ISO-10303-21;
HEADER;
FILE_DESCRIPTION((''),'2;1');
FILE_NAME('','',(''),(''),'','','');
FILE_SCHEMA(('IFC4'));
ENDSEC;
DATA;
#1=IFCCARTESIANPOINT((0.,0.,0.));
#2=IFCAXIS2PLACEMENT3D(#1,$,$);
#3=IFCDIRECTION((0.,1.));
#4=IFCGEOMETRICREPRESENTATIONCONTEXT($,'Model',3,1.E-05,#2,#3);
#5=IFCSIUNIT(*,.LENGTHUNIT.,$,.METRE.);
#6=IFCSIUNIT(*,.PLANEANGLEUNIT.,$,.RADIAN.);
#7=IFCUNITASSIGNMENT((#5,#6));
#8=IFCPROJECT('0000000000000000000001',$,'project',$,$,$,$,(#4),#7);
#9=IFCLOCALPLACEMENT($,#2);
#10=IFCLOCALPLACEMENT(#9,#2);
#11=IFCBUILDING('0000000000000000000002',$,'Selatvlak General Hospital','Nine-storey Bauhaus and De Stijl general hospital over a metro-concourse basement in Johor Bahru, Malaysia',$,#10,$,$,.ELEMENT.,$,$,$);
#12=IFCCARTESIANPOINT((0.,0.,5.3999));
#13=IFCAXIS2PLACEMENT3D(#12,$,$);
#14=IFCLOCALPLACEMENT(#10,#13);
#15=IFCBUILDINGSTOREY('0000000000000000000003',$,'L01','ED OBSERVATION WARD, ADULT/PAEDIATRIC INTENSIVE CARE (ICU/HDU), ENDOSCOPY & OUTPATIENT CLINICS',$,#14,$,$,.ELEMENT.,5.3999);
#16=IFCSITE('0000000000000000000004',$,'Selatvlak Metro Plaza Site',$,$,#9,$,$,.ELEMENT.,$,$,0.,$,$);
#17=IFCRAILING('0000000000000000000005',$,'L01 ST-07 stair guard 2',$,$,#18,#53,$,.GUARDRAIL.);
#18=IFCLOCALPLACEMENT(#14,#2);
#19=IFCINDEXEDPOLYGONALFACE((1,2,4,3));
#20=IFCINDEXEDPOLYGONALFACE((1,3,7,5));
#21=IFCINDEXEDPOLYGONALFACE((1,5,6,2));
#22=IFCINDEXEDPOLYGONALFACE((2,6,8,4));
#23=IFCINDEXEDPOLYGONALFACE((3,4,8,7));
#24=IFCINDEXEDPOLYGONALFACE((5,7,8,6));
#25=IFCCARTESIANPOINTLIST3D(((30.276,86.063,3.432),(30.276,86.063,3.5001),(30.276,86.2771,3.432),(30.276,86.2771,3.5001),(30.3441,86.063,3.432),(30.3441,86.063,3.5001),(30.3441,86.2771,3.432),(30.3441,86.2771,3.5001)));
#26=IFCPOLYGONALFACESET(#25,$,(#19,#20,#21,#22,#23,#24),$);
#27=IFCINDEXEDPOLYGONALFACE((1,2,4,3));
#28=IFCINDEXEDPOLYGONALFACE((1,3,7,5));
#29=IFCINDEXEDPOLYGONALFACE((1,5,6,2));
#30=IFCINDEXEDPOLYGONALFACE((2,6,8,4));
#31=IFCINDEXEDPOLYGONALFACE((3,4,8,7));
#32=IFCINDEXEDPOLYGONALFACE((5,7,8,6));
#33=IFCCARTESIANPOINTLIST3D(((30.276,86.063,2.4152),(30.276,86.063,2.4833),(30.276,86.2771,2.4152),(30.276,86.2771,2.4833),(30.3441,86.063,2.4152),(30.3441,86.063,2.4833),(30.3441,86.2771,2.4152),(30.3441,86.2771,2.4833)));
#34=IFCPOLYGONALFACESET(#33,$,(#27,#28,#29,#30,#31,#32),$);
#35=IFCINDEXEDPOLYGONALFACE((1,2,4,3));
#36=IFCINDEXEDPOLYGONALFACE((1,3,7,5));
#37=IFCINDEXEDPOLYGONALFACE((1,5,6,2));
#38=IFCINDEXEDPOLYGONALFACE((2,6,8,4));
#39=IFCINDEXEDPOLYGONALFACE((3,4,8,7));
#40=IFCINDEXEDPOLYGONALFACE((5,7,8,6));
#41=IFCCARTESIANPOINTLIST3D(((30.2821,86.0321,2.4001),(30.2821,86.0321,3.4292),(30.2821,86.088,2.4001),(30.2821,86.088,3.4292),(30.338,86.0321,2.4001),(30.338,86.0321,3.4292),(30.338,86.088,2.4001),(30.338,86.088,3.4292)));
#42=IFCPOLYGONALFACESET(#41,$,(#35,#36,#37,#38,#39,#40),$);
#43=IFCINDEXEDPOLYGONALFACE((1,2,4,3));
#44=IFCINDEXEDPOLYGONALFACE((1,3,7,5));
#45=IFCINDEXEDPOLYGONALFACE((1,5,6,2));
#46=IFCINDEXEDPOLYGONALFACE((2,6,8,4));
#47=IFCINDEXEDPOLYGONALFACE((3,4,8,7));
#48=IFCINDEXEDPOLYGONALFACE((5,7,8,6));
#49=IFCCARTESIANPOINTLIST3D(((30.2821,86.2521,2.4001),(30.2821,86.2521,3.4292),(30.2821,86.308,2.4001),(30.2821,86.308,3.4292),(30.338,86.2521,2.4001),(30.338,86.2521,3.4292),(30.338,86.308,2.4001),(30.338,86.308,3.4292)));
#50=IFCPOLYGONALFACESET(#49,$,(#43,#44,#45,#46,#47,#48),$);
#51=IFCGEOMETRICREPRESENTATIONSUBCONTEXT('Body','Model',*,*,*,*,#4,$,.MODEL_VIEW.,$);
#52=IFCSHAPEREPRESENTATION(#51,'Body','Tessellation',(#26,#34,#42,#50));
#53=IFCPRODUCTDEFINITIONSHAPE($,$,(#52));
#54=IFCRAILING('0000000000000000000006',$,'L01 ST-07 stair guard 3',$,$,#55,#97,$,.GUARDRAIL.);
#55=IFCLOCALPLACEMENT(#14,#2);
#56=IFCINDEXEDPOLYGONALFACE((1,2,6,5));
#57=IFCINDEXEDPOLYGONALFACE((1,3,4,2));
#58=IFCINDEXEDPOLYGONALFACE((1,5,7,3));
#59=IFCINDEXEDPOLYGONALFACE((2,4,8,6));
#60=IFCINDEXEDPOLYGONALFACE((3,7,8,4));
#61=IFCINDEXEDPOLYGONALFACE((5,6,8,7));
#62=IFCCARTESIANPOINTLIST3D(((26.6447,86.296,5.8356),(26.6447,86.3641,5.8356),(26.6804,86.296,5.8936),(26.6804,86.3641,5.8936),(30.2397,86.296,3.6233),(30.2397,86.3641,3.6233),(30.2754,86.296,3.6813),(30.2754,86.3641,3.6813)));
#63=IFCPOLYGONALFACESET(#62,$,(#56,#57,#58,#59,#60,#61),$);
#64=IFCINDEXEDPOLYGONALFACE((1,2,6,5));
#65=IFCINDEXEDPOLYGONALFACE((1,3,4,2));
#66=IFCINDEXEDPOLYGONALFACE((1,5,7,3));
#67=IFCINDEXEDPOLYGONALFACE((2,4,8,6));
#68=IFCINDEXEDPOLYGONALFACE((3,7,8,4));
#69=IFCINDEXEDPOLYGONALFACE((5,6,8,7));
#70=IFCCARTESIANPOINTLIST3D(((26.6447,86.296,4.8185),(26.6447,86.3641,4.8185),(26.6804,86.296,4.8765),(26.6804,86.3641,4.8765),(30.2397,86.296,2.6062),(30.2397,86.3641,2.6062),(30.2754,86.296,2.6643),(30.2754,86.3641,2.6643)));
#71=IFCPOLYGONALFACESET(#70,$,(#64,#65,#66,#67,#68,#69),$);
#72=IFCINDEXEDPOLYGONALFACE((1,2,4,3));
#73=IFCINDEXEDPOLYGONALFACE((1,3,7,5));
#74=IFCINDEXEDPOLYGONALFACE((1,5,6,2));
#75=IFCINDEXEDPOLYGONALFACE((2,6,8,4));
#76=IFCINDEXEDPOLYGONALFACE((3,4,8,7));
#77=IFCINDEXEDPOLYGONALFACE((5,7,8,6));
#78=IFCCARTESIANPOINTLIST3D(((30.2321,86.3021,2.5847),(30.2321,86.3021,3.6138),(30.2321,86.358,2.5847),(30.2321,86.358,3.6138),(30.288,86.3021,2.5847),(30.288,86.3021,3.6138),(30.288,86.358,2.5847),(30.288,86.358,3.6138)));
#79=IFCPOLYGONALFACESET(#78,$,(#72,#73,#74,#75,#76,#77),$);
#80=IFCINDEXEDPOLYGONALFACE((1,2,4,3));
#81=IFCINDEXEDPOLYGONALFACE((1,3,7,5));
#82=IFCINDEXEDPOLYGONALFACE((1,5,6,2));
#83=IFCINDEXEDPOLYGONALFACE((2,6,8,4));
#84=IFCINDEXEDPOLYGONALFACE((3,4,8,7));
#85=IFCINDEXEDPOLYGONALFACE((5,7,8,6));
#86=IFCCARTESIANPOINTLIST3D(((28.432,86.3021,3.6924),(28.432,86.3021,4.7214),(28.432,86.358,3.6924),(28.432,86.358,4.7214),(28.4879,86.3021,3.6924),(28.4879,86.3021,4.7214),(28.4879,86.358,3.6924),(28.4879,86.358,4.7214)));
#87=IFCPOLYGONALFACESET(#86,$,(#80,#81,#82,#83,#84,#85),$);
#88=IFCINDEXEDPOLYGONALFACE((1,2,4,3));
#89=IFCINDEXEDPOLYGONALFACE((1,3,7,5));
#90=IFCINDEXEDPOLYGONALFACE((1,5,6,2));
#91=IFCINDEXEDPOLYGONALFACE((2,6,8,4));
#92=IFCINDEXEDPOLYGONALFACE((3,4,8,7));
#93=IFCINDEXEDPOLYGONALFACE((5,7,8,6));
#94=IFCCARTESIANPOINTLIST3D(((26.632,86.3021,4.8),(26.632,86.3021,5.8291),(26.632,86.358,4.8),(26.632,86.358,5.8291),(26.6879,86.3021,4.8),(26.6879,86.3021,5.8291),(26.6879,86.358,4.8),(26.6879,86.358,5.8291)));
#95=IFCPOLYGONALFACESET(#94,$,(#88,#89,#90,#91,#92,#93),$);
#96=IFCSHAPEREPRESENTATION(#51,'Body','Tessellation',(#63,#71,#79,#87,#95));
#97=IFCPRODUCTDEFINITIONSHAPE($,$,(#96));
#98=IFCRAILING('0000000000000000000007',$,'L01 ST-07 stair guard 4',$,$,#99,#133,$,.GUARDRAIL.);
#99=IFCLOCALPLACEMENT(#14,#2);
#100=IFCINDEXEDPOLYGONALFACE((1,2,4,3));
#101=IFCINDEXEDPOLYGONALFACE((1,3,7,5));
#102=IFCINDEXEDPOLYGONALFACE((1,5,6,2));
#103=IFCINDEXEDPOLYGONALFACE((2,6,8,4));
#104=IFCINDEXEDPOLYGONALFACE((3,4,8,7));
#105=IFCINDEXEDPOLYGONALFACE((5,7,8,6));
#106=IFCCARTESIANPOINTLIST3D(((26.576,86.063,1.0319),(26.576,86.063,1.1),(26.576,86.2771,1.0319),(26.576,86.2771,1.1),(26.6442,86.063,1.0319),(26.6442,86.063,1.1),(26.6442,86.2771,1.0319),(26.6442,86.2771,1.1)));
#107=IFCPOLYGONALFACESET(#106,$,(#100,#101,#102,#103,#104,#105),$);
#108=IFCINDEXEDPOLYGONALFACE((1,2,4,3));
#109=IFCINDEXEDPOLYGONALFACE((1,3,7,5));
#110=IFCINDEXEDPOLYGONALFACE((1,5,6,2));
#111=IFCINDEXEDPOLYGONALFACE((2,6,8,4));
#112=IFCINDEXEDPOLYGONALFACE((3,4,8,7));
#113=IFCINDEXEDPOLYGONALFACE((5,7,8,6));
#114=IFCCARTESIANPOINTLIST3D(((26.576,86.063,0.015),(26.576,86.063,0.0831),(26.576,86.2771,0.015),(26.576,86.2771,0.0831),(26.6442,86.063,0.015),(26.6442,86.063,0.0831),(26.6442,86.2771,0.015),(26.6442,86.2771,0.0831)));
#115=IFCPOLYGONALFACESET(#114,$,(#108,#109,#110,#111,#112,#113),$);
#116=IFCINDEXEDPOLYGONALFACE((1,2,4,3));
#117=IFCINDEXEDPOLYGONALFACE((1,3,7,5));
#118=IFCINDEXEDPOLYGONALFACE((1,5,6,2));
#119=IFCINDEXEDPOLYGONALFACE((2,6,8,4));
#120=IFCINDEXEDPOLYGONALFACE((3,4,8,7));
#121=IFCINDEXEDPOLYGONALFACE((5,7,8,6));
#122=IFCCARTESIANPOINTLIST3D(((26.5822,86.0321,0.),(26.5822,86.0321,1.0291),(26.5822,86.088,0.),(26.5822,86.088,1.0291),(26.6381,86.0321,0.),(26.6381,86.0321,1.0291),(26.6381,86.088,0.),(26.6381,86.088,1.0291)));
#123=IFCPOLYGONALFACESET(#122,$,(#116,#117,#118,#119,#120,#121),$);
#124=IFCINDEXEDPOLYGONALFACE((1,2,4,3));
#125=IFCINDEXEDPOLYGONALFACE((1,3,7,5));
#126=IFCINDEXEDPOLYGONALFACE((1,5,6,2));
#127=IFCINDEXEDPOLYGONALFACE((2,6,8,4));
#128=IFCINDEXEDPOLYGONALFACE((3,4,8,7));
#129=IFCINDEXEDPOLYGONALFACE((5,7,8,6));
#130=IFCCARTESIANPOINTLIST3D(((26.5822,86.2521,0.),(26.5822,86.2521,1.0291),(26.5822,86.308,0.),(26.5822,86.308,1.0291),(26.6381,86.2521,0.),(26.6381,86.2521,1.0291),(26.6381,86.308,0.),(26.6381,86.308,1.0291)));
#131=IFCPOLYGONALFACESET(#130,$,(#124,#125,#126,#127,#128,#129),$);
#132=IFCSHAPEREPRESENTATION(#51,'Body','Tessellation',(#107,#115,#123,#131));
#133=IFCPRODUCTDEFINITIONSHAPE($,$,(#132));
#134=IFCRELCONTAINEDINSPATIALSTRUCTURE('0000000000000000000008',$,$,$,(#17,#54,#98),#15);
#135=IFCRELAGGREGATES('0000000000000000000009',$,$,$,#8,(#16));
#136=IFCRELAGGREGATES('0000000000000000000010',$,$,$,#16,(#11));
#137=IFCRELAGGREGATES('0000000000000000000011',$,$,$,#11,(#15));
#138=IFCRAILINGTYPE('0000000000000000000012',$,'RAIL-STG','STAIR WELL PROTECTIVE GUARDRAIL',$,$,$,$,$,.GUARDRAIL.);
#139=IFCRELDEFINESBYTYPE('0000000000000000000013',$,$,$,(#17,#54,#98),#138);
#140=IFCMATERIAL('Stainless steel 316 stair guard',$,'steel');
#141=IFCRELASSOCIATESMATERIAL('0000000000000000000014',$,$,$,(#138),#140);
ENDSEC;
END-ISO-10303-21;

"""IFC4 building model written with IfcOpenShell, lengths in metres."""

from ifc_helpers import new_model, si_unit, direction, frame, origin, origin_2d, place, context, subcontext, project, spatial, rectangle, extrude, material, type_object, element, save


model = new_model("IFC4")

# Units and contexts
model_context = context("Model", 3, precision=1e-05, world=origin(), true_north=direction((0.0, 1.0)))
body_context = subcontext(model_context, "Body", "Model", "MODEL_VIEW")
ifc_project = project(units=[si_unit("LENGTHUNIT", "METRE"), si_unit("PLANEANGLEUNIT", "RADIAN")], contexts=[model_context])

# Site, building, storey
site_placement = place(None, origin())
site = spatial("IfcSite", under=ifc_project, at=site_placement, Name="Selatvlak Metro Plaza Site", CompositionType="ELEMENT", RefElevation=0.0)
building_placement = place(site_placement, origin())
building = spatial("IfcBuilding", under=site, at=building_placement, Name="Selatvlak General Hospital", Description="Nine-storey Bauhaus and De Stijl general hospital over a metro-concourse basement in Johor Bahru, Malaysia", CompositionType="ELEMENT")
storey_placement = place(building_placement, frame((0.0, 0.0, 5.3999)))
storey = spatial("IfcBuildingStorey", under=building, at=storey_placement, Name="L01", Description="ED OBSERVATION WARD, ADULT/PAEDIATRIC INTENSIVE CARE (ICU/HDU), ENDOSCOPY & OUTPATIENT CLINICS", CompositionType="ELEMENT", Elevation=5.3999)

# Railings
ifc_material_1 = material(Name="Stainless steel 316 stair guard", Category="steel")
railing_type_1 = type_object("IfcRailingType", Name="RAIL-STG", Description="STAIR WELL PROTECTIVE GUARDRAIL", PredefinedType="GUARDRAIL", material=ifc_material_1)
railing_1_placement = place(storey_placement, frame((30.3101, 86.0601, 2.4001)))
element("IfcRailing", 1, at=railing_1_placement, inside=storey, type_object=railing_type_1, Name="L01 ST-07 stair guard 2", PredefinedType="GUARDRAIL", context=body_context, shape_type="SweptSolid", body=[
    extrude(rectangle(XDim=0.0681, YDim=0.0681, at=origin_2d()), frame((0.0, 0.0029, 1.0659), z_axis=(0.0, 1.0, 0.0), x_axis=(-1.0, 0.0, 0.0)), (0.0, 0.0, 1.0), 0.2141),
    extrude(rectangle(XDim=0.0681, YDim=0.0681, at=origin_2d()), frame((0.0, 0.0029, 0.0491), z_axis=(0.0, 1.0, 0.0), x_axis=(-1.0, 0.0, 0.0)), (0.0, 0.0, 1.0), 0.2141),
    extrude(rectangle(XDim=0.0559, YDim=0.0559, at=origin_2d()), origin(), (0.0, 0.0, 1.0), 1.0291),
    extrude(rectangle(XDim=0.0559, YDim=0.0559, at=origin_2d()), frame((0.0, 0.22, 0.0)), (0.0, 0.0, 1.0), 1.0291),
])
railing_2_placement = place(storey_placement, frame((30.26, 86.3301, 2.5847)))
element("IfcRailing", 2, at=railing_2_placement, inside=storey, type_object=railing_type_1, Name="L01 ST-07 stair guard 3", PredefinedType="GUARDRAIL", context=body_context, shape_type="SweptSolid", body=[
    extrude(rectangle(XDim=0.0681, YDim=0.0681, at=origin_2d()), frame((-0.0024, 0.0, 1.0676), z_axis=(-0.85167, 0.0, 0.524078), x_axis=(0.0, -1.0, 0.0)), (0.0, 0.0, 1.0), 4.2212),
    extrude(rectangle(XDim=0.0681, YDim=0.0681, at=origin_2d()), frame((-0.0024, 0.0, 0.0505), z_axis=(-0.85167, 0.0, 0.524078), x_axis=(0.0, -1.0, 0.0)), (0.0, 0.0, 1.0), 4.2212),
    extrude(rectangle(XDim=0.0559, YDim=0.0559, at=origin_2d()), origin(), (0.0, 0.0, 1.0), 1.0291),
    extrude(rectangle(XDim=0.0559, YDim=0.0559, at=origin_2d()), frame((-1.8, 0.0, 1.1077)), (0.0, 0.0, 1.0), 1.0291),
    extrude(rectangle(XDim=0.0559, YDim=0.0559, at=origin_2d()), frame((-3.6001, 0.0, 2.2153)), (0.0, 0.0, 1.0), 1.0291),
])
railing_3_placement = place(storey_placement, frame((26.6101, 86.0601, 0.0)))
element("IfcRailing", 3, at=railing_3_placement, inside=storey, type_object=railing_type_1, Name="L01 ST-07 stair guard 4", PredefinedType="GUARDRAIL", context=body_context, shape_type="SweptSolid", body=[
    extrude(rectangle(XDim=0.0681, YDim=0.0681, at=origin_2d()), frame((0.0, 0.0029, 1.0659), z_axis=(0.0, 1.0, 0.0), x_axis=(-1.0, 0.0, 0.0)), (0.0, 0.0, 1.0), 0.2141),
    extrude(rectangle(XDim=0.0681, YDim=0.0681, at=origin_2d()), frame((0.0, 0.0029, 0.0491), z_axis=(0.0, 1.0, 0.0), x_axis=(-1.0, 0.0, 0.0)), (0.0, 0.0, 1.0), 0.2141),
    extrude(rectangle(XDim=0.0559, YDim=0.0559, at=origin_2d()), origin(), (0.0, 0.0, 1.0), 1.0291),
    extrude(rectangle(XDim=0.0559, YDim=0.0559, at=origin_2d()), frame((0.0, 0.22, 0.0)), (0.0, 0.0, 1.0), 1.0291),
])

save(model, "model.ifc")
